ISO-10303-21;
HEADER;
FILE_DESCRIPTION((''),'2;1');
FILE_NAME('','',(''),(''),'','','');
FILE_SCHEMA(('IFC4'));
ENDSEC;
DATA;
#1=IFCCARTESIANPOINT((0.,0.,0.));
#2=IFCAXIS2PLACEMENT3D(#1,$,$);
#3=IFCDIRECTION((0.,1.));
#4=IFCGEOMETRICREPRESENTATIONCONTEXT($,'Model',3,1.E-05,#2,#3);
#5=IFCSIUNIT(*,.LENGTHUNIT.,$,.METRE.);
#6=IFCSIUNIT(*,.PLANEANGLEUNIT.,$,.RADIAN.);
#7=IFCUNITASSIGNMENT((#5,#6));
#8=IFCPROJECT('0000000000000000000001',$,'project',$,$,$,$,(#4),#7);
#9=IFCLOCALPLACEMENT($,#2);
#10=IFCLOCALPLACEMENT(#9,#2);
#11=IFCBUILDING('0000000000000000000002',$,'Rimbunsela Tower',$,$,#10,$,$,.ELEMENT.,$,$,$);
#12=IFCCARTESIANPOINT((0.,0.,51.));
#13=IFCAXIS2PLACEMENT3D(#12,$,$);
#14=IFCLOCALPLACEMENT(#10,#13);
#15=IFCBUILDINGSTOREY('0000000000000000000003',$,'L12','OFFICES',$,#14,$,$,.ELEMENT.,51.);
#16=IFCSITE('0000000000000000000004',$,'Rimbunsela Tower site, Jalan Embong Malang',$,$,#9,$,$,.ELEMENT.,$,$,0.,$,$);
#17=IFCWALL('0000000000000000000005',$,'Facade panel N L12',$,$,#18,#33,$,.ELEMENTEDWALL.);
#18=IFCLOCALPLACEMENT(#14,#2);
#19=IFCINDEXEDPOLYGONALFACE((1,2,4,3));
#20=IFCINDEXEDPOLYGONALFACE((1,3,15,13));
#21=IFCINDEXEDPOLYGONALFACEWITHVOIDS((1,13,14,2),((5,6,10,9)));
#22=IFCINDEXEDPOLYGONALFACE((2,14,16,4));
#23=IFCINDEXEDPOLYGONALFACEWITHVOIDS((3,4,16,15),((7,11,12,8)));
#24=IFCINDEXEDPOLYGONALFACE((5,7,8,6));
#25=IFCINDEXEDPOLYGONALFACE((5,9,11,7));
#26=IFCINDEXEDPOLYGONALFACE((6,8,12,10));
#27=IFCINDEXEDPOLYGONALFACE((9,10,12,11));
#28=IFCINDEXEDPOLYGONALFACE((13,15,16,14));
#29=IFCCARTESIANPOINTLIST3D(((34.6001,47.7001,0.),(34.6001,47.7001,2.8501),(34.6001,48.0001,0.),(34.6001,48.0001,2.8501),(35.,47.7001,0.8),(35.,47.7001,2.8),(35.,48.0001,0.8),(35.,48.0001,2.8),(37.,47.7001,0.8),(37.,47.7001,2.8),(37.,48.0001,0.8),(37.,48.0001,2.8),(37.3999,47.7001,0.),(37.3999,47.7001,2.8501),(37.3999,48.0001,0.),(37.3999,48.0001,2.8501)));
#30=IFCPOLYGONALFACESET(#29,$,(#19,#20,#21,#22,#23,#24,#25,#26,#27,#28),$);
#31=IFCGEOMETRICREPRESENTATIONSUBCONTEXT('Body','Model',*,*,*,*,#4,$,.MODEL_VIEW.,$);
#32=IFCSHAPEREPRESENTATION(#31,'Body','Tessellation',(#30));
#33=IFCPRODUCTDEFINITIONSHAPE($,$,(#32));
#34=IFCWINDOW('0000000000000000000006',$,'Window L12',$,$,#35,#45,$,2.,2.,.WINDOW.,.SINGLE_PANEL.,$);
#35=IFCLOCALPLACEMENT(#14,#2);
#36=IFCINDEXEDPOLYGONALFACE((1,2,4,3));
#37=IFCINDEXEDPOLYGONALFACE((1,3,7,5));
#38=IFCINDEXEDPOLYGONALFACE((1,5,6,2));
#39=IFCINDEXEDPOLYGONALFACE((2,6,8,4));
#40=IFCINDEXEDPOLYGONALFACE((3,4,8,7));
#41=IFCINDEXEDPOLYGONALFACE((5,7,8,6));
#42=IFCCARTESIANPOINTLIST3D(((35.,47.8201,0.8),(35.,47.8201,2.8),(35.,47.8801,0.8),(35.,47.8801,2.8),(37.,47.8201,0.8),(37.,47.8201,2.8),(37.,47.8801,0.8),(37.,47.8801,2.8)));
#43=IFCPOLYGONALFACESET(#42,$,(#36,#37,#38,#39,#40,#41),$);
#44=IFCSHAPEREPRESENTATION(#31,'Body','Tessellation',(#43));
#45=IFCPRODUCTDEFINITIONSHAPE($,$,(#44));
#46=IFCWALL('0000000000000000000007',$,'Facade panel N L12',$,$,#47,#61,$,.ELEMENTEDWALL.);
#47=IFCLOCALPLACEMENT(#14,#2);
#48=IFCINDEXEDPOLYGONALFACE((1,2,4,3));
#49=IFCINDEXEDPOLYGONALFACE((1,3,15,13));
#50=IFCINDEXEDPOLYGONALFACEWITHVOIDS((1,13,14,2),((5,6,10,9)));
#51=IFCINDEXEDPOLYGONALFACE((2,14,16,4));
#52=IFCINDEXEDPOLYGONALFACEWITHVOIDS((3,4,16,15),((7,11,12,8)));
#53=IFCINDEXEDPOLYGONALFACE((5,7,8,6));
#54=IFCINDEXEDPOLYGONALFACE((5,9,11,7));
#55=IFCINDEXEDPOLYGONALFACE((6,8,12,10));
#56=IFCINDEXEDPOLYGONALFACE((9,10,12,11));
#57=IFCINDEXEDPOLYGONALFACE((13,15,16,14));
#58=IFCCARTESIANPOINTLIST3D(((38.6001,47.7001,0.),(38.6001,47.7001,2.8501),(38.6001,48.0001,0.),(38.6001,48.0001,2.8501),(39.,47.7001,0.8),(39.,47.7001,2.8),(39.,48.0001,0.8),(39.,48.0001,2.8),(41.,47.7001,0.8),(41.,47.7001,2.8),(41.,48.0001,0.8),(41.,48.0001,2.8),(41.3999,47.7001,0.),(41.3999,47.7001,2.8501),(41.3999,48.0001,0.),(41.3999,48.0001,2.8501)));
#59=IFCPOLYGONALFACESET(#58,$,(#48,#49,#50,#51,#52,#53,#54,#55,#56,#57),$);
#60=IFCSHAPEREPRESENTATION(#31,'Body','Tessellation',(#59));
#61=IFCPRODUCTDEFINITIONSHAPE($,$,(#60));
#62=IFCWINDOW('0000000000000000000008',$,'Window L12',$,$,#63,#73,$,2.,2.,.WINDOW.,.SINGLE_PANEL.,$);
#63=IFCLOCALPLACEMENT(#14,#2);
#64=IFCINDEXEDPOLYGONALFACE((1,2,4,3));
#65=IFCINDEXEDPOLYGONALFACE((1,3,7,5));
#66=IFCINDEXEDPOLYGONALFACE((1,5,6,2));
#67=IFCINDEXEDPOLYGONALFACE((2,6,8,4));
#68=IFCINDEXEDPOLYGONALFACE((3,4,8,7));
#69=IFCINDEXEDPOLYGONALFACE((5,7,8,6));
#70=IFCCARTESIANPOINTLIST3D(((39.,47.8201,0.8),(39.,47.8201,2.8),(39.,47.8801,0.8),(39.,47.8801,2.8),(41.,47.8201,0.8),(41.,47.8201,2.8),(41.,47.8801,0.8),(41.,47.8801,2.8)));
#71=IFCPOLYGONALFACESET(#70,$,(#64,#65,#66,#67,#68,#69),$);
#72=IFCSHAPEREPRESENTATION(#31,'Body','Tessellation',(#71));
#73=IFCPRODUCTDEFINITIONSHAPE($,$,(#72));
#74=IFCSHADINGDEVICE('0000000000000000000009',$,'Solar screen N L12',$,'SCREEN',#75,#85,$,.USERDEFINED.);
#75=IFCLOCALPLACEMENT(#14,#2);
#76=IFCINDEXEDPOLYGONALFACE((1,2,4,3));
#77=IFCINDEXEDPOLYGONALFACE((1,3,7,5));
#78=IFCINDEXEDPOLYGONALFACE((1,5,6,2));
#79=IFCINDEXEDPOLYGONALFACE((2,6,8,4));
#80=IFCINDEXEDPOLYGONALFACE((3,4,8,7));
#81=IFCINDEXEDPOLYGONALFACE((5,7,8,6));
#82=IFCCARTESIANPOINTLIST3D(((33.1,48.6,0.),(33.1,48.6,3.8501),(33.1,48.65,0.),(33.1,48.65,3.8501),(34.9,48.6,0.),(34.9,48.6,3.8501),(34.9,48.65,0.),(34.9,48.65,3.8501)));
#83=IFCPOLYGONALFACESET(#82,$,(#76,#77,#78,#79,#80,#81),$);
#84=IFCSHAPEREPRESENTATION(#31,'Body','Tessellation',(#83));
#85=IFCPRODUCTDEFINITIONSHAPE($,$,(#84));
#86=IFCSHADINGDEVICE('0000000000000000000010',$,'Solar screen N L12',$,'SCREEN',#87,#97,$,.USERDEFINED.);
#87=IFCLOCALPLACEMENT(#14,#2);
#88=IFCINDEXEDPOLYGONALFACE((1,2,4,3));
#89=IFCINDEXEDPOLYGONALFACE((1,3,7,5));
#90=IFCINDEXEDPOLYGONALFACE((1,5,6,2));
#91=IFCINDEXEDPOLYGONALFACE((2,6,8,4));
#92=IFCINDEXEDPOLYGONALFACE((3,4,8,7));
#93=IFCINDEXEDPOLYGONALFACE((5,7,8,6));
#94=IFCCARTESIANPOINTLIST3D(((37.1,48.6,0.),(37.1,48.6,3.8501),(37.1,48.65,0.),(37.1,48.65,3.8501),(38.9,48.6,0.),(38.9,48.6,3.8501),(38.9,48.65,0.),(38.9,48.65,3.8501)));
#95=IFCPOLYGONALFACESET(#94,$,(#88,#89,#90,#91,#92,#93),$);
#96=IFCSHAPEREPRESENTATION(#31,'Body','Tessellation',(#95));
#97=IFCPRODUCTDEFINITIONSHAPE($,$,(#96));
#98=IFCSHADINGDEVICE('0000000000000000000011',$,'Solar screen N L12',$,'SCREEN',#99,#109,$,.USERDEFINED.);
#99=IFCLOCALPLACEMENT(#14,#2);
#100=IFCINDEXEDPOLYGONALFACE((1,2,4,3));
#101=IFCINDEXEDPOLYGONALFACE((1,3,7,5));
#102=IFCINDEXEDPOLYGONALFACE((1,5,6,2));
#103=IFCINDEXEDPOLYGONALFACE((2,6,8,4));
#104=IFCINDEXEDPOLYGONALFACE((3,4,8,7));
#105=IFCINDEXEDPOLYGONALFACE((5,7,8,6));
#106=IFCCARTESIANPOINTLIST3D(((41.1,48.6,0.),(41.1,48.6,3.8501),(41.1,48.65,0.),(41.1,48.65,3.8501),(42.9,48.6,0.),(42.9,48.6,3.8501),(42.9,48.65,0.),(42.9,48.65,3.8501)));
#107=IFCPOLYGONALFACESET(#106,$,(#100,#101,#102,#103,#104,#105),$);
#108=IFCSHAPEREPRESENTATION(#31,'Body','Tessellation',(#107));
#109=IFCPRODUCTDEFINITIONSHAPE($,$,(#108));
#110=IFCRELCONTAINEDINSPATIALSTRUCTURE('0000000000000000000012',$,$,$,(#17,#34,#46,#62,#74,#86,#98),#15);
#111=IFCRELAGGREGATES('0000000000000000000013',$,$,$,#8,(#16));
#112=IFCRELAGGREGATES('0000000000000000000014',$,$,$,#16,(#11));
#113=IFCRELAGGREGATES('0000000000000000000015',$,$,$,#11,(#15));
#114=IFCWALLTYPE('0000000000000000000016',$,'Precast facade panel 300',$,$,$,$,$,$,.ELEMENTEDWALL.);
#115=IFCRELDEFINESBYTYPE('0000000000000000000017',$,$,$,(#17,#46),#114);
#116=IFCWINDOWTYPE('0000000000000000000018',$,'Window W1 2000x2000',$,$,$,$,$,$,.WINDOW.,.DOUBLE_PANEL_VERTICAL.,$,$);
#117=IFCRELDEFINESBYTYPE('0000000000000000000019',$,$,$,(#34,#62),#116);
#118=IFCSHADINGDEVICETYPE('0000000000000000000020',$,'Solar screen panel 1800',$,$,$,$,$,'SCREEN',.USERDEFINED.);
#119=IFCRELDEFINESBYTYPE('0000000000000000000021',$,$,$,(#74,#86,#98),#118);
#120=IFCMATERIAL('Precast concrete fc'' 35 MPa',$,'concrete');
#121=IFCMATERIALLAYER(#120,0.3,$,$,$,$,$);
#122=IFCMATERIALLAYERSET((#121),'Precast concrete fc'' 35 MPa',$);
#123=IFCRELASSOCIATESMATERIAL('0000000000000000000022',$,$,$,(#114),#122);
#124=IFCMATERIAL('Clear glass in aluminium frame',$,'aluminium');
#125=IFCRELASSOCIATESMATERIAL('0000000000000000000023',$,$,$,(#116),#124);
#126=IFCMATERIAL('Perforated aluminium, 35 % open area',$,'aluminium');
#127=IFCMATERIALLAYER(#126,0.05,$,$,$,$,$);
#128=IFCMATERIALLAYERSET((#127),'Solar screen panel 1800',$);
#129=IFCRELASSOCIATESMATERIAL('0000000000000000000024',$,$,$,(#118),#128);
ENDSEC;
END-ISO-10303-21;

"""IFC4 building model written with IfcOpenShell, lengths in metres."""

from ifc_helpers import new_model, si_unit, direction, frame, frame_2d, origin, origin_2d, place, context, subcontext, project, spatial, rectangle, extrude, material, layer, layer_set, type_object, element, fill, save


model = new_model("IFC4")

# Units and contexts
model_context = context("Model", 3, precision=1e-05, world=origin(), true_north=direction((0.0, 1.0)))
body_context = subcontext(model_context, "Body", "Model", "MODEL_VIEW")
ifc_project = project(units=[si_unit("LENGTHUNIT", "METRE"), si_unit("PLANEANGLEUNIT", "RADIAN")], contexts=[model_context])

# Site, building, storey
site_placement = place(None, origin())
site = spatial("IfcSite", under=ifc_project, at=site_placement, Name="Rimbunsela Tower site, Jalan Embong Malang", CompositionType="ELEMENT", RefElevation=0.0)
building_placement = place(site_placement, origin())
building = spatial("IfcBuilding", under=site, at=building_placement, Name="Rimbunsela Tower", CompositionType="ELEMENT")
storey_placement = place(building_placement, frame((0.0, 0.0, 51.0)))
storey = spatial("IfcBuildingStorey", under=building, at=storey_placement, Name="L12", Description="OFFICES", CompositionType="ELEMENT", Elevation=51.0)

# Walls, openings, windows
ifc_material_1 = material(Name="Precast concrete fc' 35 MPa", Category="concrete")
ifc_layer_1 = layer(ifc_material_1, 0.3)
ifc_layer_set_1 = layer_set([ifc_layer_1], Name="Precast concrete fc' 35 MPa")
wall_type_1 = type_object("IfcWallType", Name="Precast facade panel 300", PredefinedType="ELEMENTEDWALL", material=ifc_layer_set_1)
wall_1_placement = place(storey_placement, frame((37.3999, 47.8501, 0.0), z_axis=(0.0, 0.0, 1.0), x_axis=(-1.0, 0.0, 0.0)))
wall_1 = element("IfcWall", 1, at=wall_1_placement, inside=storey, type_object=wall_type_1, Name="Facade panel N L12", PredefinedType="ELEMENTEDWALL", context=body_context, shape_type="SweptSolid", body=[
    extrude(rectangle(XDim=2.7998, YDim=0.3, at=frame_2d((1.3999, 0.0))), origin(), (0.0, 0.0, 1.0), 2.8501),
])
opening_1_placement = place(wall_1_placement, frame((0.3999, 0.0, 0.8)))
opening_1 = element("IfcOpeningElement", 2, at=opening_1_placement, cuts=wall_1, PredefinedType="OPENING", context=body_context, shape_type="SweptSolid", body=[
    extrude(rectangle(XDim=2.0, YDim=2.0, at=frame_2d((1.0, 1.0))), frame((0.0, 0.1599, 0.0), z_axis=(0.0, -1.0, 0.0), x_axis=(1.0, 0.0, 0.0)), (0.0, 0.0, 1.0), 0.3201),
])
ifc_material_2 = material(Name="Clear glass in aluminium frame", Category="aluminium")
window_type = type_object("IfcWindowType", Name="Window W1 2000x2000", PartitioningType="DOUBLE_PANEL_VERTICAL", PredefinedType="WINDOW", material=ifc_material_2)
window_1_placement = place(opening_1_placement, origin())
window_1 = element("IfcWindow", 3, at=window_1_placement, inside=storey, type_object=window_type, Name="Window L12", OverallHeight=2.0, OverallWidth=2.0, PartitioningType="SINGLE_PANEL", PredefinedType="WINDOW", context=body_context, shape_type="SweptSolid", body=[
    extrude(rectangle(XDim=2.0, YDim=2.0, at=frame_2d((1.0, 1.0))), frame((0.0, 0.03, 0.0), z_axis=(0.0, -1.0, 0.0), x_axis=(1.0, 0.0, 0.0)), (0.0, 0.0, 1.0), 0.0601),
])
fill(opening_1, window_1)
wall_2_placement = place(storey_placement, frame((41.3999, 47.8501, 0.0), z_axis=(0.0, 0.0, 1.0), x_axis=(-1.0, 0.0, 0.0)))
wall_2 = element("IfcWall", 4, at=wall_2_placement, inside=storey, type_object=wall_type_1, Name="Facade panel N L12", PredefinedType="ELEMENTEDWALL", context=body_context, shape_type="SweptSolid", body=[
    extrude(rectangle(XDim=2.7998, YDim=0.3, at=frame_2d((1.3999, 0.0))), origin(), (0.0, 0.0, 1.0), 2.8501),
])
opening_2_placement = place(wall_2_placement, frame((0.3999, 0.0, 0.8)))
opening_2 = element("IfcOpeningElement", 5, at=opening_2_placement, cuts=wall_2, PredefinedType="OPENING", context=body_context, shape_type="SweptSolid", body=[
    extrude(rectangle(XDim=2.0, YDim=2.0, at=frame_2d((1.0, 1.0))), frame((0.0, 0.1599, 0.0), z_axis=(0.0, -1.0, 0.0), x_axis=(1.0, 0.0, 0.0)), (0.0, 0.0, 1.0), 0.3201),
])
window_2_placement = place(opening_2_placement, origin())
window_2 = element("IfcWindow", 6, at=window_2_placement, inside=storey, type_object=window_type, Name="Window L12", OverallHeight=2.0, OverallWidth=2.0, PartitioningType="SINGLE_PANEL", PredefinedType="WINDOW", context=body_context, shape_type="SweptSolid", body=[
    extrude(rectangle(XDim=2.0, YDim=2.0, at=frame_2d((1.0, 1.0))), frame((0.0, 0.03, 0.0), z_axis=(0.0, -1.0, 0.0), x_axis=(1.0, 0.0, 0.0)), (0.0, 0.0, 1.0), 0.0601),
])
fill(opening_2, window_2)

# Shading devices
ifc_material_3 = material(Name="Perforated aluminium, 35 % open area", Category="aluminium")
ifc_layer_2 = layer(ifc_material_3, 0.05)
ifc_layer_set_2 = layer_set([ifc_layer_2], Name="Solar screen panel 1800")
shading_device_type = type_object("IfcShadingDeviceType", Name="Solar screen panel 1800", ElementType="SCREEN", PredefinedType="USERDEFINED", material=ifc_layer_set_2)
for number, where, z_axis, x_axis, name in (
    (7, (34.0, 48.625, 0.0), (0.0, 0.0, 1.0), (1.0, 0.0, 0.0), "Solar screen N L12"),
    (8, (38.0, 48.625, 0.0), (0.0, 0.0, 1.0), (1.0, 0.0, 0.0), "Solar screen N L12"),
    (9, (42.0, 48.625, 0.0), (0.0, 0.0, 1.0), (1.0, 0.0, 0.0), "Solar screen N L12"),
):
    element("IfcShadingDevice", number, at=place(storey_placement, frame(where, z_axis=z_axis, x_axis=x_axis)), inside=storey, type_object=shading_device_type, Name=name, ObjectType="SCREEN", PredefinedType="USERDEFINED", context=body_context, shape_type="SweptSolid", body=[
        extrude(rectangle(XDim=1.8, YDim=0.05, at=origin_2d()), origin(), (0.0, 0.0, 1.0), 3.8501),
    ])

save(model, "model.ifc")
